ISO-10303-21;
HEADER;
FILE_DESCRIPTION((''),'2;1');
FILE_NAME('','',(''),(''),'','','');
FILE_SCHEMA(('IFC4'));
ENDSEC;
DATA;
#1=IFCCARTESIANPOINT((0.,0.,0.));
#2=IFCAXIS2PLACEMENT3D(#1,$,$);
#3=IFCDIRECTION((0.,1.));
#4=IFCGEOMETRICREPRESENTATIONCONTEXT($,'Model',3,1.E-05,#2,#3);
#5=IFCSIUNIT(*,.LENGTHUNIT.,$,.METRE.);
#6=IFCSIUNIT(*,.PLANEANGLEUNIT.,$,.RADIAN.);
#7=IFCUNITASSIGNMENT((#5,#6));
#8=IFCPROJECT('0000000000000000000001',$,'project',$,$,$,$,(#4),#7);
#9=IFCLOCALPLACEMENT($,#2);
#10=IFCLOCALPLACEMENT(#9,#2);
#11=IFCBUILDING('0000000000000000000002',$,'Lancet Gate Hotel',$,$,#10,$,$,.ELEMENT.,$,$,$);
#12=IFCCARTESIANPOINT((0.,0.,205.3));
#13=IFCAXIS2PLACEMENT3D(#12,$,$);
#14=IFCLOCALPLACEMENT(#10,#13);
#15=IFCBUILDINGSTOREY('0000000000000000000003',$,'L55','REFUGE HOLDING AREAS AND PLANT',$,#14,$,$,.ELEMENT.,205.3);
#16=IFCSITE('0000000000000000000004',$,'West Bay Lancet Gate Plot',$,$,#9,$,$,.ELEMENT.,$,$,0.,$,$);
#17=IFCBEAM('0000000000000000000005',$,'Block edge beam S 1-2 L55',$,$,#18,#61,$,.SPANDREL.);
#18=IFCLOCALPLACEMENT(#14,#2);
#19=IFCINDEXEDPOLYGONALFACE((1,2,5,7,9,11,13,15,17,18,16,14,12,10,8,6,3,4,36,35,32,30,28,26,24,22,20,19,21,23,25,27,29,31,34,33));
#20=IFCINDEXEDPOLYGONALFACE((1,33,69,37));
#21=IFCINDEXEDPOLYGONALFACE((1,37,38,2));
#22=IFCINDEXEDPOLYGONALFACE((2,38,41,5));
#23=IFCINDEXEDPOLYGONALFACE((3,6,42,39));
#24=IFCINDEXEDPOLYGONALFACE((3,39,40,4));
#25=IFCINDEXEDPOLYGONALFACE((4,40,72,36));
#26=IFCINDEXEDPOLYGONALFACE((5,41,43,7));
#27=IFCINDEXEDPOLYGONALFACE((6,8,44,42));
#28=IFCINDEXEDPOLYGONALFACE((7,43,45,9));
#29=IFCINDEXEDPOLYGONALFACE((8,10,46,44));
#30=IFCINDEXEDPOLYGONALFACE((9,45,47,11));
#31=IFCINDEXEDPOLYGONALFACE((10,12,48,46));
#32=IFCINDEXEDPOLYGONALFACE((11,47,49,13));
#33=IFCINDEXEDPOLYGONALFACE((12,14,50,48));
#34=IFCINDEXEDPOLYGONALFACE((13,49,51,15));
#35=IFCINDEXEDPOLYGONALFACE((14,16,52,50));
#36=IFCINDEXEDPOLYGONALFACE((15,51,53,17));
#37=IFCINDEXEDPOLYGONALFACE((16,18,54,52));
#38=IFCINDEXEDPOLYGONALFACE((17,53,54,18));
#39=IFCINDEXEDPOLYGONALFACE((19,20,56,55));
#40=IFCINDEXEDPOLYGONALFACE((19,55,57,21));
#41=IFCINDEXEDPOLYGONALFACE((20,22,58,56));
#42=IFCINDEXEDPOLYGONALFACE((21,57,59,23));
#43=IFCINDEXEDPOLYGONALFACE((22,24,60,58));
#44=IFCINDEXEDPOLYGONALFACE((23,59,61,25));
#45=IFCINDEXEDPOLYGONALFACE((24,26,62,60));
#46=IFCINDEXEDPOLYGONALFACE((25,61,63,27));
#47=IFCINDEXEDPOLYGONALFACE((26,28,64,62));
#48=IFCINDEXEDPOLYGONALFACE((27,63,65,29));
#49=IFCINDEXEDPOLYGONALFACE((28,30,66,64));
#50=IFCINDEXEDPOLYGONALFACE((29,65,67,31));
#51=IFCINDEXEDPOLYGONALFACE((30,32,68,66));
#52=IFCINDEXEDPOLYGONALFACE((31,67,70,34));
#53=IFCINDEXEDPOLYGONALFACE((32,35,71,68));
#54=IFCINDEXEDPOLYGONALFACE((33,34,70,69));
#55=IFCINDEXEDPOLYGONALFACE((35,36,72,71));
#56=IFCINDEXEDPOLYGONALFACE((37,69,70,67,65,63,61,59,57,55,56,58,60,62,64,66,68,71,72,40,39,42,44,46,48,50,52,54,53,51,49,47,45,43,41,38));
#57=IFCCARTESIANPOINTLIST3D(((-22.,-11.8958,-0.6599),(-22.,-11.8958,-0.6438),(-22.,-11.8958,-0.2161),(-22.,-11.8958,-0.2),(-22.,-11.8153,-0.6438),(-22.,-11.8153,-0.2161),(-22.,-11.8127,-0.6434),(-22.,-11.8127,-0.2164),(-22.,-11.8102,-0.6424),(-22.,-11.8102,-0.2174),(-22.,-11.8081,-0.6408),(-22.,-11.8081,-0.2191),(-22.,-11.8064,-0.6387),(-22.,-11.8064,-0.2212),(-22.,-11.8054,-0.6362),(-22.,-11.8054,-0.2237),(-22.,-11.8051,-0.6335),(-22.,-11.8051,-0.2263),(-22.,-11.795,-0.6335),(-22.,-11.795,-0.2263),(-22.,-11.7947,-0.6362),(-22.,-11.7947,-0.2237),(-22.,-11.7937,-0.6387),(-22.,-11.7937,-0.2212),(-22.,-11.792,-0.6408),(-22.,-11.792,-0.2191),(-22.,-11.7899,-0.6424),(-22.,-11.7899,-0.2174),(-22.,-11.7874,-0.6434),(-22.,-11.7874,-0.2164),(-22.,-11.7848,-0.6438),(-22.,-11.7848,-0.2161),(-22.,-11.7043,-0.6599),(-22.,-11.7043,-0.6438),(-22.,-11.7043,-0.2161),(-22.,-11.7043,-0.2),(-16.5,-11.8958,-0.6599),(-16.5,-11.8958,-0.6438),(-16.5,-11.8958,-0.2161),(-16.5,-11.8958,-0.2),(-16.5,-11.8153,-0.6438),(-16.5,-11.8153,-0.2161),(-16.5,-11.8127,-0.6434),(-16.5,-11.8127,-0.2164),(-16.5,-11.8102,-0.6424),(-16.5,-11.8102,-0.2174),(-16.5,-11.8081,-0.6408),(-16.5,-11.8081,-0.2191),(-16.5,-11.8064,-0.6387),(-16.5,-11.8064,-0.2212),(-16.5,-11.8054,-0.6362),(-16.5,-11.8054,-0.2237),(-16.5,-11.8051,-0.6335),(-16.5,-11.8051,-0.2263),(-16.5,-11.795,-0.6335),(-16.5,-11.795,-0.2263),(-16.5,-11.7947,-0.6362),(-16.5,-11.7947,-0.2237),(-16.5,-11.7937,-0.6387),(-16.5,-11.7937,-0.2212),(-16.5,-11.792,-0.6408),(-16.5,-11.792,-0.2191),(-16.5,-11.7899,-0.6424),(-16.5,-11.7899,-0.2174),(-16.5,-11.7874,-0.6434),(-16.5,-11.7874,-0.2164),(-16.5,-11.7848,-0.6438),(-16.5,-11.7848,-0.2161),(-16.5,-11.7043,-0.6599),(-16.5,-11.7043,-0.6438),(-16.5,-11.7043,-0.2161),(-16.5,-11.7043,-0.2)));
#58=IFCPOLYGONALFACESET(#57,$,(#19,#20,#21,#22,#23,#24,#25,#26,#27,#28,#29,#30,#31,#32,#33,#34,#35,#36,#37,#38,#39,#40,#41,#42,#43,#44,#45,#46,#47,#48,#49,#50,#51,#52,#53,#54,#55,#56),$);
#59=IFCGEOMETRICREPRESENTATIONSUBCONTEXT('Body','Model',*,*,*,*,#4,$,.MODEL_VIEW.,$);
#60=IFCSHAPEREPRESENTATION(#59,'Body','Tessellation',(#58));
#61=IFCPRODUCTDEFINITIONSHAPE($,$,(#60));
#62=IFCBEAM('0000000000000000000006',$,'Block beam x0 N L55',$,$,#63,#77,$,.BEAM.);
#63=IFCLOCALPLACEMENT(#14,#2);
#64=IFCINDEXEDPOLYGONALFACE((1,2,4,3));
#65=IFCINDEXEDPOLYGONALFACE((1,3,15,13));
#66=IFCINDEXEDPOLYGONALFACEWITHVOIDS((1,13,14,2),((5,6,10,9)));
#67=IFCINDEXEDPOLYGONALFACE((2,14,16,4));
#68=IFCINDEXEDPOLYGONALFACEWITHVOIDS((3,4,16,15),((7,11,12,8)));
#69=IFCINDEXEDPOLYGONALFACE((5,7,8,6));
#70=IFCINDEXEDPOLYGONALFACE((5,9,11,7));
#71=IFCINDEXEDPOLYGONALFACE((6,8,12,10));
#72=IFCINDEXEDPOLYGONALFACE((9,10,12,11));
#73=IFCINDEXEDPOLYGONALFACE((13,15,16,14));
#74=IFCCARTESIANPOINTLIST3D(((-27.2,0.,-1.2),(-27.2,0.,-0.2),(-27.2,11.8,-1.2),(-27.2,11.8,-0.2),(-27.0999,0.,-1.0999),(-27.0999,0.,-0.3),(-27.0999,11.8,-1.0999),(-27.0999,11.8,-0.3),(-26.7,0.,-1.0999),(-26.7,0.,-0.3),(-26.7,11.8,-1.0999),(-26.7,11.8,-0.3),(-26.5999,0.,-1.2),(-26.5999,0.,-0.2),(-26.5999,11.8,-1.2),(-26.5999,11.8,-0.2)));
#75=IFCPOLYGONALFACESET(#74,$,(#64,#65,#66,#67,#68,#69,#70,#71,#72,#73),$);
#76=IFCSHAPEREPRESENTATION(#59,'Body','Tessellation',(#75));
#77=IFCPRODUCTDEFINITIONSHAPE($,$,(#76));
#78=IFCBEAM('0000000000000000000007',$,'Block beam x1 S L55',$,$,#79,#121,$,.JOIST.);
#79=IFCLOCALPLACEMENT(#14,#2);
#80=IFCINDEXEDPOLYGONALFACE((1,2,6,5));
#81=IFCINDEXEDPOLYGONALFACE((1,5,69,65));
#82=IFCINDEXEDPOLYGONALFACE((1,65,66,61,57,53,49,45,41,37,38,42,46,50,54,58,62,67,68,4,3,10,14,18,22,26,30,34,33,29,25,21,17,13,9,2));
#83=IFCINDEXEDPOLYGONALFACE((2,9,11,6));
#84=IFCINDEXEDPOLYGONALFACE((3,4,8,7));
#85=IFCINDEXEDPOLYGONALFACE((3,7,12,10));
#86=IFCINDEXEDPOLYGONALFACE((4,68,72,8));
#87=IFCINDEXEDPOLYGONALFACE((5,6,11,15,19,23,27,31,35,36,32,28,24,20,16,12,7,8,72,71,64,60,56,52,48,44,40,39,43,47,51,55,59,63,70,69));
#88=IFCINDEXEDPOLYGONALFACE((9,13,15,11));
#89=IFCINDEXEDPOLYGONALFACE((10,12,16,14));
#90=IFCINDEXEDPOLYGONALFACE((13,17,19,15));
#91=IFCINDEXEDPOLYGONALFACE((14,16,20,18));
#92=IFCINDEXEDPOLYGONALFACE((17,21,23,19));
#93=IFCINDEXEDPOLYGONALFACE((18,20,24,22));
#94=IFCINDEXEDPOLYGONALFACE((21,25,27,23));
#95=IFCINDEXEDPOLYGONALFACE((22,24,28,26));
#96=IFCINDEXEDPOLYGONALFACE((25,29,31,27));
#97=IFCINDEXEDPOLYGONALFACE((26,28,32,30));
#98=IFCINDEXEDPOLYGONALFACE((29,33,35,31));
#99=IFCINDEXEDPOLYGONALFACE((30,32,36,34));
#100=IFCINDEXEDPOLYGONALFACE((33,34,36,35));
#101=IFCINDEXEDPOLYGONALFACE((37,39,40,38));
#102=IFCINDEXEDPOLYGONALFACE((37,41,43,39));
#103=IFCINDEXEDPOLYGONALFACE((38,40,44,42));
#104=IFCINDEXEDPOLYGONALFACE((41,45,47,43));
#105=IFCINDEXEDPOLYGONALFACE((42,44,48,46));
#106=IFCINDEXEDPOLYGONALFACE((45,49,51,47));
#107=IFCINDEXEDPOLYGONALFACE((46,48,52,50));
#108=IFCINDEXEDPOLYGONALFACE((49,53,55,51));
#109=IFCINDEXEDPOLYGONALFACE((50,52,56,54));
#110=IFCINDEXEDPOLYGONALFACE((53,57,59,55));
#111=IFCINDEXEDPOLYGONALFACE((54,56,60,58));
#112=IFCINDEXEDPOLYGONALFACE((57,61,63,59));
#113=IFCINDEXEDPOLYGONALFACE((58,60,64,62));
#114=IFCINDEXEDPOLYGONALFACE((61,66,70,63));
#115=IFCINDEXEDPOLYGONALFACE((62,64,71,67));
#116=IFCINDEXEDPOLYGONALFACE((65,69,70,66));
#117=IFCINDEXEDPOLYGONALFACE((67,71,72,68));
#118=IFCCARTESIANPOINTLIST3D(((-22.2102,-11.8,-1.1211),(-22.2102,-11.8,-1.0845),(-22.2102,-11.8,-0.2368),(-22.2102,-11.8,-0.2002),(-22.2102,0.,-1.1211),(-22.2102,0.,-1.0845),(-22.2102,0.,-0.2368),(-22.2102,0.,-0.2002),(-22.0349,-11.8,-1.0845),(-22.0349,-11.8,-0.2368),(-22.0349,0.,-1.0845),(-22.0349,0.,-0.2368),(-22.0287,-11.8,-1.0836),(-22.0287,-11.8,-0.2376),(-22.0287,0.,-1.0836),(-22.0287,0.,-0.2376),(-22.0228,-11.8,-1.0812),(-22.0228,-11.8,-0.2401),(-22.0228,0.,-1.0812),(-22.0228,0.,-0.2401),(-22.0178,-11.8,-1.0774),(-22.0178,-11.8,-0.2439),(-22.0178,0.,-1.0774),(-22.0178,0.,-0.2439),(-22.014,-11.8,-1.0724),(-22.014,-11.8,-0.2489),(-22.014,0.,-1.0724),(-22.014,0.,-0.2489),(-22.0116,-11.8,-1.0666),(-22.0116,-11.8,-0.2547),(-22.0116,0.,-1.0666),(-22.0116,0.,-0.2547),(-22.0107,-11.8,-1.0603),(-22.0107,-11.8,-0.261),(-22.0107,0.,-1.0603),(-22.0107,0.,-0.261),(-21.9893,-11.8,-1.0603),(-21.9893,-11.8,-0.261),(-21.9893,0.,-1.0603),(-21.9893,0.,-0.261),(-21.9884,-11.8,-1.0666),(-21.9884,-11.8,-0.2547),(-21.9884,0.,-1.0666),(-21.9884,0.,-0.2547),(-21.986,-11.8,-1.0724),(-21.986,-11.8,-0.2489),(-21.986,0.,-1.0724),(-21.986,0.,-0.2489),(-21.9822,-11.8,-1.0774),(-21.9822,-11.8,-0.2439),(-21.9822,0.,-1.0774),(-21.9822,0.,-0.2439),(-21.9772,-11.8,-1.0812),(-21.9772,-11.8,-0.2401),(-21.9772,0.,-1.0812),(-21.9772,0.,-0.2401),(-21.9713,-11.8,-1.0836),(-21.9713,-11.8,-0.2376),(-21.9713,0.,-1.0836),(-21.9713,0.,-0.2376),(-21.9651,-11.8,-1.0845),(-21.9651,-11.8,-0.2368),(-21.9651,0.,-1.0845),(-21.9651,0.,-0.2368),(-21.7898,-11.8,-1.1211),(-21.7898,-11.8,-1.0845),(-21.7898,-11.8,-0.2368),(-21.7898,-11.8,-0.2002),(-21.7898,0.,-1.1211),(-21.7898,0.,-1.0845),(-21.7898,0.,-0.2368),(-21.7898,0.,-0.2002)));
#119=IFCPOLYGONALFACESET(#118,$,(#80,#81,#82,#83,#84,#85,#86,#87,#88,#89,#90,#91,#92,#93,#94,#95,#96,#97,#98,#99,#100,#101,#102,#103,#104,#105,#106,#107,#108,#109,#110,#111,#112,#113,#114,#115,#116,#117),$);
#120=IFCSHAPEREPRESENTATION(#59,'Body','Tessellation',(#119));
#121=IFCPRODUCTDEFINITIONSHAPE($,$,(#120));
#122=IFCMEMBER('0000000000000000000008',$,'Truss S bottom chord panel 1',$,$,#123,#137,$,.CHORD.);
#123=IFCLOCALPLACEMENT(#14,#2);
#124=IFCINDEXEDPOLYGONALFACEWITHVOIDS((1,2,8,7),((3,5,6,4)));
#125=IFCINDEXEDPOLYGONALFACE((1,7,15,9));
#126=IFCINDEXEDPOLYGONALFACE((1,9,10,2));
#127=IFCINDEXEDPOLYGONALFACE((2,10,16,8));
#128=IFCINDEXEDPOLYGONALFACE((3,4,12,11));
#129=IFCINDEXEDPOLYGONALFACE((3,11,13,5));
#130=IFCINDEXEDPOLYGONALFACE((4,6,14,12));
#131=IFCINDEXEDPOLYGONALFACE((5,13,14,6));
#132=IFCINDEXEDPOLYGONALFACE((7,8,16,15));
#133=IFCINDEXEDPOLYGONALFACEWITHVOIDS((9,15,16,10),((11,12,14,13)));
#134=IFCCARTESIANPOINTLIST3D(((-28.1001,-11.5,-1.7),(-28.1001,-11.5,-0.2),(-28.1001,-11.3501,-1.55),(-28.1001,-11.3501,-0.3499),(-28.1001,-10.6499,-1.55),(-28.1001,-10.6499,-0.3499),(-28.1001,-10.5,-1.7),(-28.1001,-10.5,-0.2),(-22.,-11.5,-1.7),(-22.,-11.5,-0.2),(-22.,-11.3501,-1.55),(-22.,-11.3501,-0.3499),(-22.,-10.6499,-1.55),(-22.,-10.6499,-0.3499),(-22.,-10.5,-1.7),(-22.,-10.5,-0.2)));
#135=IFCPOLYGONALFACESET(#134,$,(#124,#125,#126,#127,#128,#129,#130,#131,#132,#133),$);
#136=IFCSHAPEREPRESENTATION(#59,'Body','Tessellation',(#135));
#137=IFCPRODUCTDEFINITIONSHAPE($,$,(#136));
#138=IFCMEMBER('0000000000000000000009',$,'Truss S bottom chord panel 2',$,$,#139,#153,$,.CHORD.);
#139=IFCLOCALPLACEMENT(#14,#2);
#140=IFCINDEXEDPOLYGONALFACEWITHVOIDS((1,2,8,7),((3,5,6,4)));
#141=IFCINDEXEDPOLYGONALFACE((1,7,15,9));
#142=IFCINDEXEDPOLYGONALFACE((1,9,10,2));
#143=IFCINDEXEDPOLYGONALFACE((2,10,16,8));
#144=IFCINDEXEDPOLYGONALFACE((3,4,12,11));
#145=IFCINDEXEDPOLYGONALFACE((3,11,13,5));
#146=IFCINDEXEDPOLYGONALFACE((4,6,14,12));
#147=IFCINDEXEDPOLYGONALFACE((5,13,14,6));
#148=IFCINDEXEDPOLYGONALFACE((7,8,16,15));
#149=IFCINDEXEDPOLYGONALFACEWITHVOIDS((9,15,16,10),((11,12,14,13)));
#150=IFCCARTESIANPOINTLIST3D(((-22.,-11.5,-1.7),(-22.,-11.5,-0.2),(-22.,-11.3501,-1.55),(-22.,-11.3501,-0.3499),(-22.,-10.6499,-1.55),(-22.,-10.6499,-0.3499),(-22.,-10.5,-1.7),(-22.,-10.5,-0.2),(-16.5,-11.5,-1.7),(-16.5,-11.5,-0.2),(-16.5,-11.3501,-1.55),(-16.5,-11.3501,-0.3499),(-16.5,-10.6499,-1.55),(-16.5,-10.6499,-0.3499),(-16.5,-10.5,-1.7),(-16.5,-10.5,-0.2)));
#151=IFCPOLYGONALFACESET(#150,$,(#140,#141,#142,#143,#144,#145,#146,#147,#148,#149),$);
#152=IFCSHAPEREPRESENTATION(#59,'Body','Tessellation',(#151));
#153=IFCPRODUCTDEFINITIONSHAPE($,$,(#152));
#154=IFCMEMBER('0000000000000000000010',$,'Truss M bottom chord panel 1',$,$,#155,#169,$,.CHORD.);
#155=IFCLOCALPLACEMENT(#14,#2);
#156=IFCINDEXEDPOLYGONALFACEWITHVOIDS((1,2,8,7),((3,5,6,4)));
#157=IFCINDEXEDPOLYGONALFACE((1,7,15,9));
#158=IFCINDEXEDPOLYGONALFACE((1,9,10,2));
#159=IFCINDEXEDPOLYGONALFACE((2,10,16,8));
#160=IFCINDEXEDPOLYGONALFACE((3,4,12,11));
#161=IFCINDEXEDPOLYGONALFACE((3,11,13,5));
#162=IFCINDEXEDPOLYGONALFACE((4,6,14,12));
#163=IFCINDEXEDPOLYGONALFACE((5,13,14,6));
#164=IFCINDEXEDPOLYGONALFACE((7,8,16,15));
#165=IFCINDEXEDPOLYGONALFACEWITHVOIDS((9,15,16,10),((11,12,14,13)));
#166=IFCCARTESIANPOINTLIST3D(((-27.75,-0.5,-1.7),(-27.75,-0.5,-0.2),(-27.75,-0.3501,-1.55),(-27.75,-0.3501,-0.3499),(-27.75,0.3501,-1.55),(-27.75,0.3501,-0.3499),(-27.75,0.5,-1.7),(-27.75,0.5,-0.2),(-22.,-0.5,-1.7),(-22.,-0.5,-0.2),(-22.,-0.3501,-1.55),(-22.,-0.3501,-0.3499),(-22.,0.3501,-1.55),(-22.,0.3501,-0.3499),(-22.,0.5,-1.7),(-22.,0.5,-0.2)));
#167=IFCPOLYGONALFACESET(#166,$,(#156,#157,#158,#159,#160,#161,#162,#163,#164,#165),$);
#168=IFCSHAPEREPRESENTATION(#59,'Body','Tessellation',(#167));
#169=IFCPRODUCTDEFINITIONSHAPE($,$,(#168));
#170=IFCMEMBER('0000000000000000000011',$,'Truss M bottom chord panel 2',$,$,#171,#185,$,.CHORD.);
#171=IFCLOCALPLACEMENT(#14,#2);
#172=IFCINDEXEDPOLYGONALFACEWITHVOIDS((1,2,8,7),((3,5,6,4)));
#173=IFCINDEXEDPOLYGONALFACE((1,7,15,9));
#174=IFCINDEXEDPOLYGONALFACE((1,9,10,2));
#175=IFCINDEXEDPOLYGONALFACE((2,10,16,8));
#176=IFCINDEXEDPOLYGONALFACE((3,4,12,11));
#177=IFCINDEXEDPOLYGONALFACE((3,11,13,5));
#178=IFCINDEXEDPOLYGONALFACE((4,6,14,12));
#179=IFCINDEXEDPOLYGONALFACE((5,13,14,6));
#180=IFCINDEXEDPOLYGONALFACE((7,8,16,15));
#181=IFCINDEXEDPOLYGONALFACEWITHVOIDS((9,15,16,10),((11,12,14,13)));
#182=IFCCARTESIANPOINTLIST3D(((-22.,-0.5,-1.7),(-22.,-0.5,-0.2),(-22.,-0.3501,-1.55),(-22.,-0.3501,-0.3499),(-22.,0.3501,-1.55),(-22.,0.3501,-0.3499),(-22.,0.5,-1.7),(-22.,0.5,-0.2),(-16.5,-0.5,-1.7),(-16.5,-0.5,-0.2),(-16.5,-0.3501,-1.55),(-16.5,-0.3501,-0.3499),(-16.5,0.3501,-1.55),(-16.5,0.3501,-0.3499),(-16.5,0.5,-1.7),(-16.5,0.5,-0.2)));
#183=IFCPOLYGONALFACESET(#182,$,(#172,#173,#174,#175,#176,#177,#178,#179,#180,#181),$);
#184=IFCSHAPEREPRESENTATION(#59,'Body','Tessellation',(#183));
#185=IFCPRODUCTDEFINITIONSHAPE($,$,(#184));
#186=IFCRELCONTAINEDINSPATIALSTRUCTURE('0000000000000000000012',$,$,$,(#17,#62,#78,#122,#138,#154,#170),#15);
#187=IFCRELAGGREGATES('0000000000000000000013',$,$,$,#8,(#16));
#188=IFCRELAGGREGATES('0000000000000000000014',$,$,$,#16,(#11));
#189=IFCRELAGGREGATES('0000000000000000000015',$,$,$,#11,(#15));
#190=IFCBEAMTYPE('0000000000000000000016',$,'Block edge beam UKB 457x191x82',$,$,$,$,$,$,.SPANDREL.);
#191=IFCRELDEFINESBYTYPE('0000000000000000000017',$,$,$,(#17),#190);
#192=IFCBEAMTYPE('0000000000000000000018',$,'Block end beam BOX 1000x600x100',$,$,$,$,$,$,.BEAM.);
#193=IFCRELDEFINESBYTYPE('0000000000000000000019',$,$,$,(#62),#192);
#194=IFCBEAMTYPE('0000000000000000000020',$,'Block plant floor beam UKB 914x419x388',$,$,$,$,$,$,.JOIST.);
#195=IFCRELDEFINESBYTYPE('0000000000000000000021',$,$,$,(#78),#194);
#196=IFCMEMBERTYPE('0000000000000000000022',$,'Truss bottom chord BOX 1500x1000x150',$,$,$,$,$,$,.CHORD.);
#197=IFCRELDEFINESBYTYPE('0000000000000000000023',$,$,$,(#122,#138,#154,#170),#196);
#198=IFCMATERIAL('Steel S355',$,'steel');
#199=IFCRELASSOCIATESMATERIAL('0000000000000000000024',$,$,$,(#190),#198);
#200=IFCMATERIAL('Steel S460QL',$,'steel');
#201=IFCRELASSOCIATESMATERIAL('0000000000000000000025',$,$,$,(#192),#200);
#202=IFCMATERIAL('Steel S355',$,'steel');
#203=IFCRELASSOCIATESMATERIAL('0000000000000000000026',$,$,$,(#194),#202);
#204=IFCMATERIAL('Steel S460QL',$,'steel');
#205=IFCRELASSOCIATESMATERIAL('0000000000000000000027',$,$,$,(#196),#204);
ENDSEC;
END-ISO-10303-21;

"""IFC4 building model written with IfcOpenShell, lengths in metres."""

from ifc_helpers import new_model, si_unit, direction, frame, origin, origin_2d, place, context, subcontext, project, spatial, hollow_rectangle, i_section, extrude, material, material_profile, profile_set, type_object, element, save


model = new_model("IFC4")

# Units and contexts
model_context = context("Model", 3, precision=1e-05, world=origin(), true_north=direction((0.0, 1.0)))
body_context = subcontext(model_context, "Body", "Model", "MODEL_VIEW")
ifc_project = project(units=[si_unit("LENGTHUNIT", "METRE"), si_unit("PLANEANGLEUNIT", "RADIAN")], contexts=[model_context])

# Site, building, storey
site_placement = place(None, origin())
site = spatial("IfcSite", under=ifc_project, at=site_placement, Name="West Bay Lancet Gate Plot", CompositionType="ELEMENT", RefElevation=0.0)
building_placement = place(site_placement, origin())
building = spatial("IfcBuilding", under=site, at=building_placement, Name="Lancet Gate Hotel", CompositionType="ELEMENT")
storey_placement = place(building_placement, frame((0.0, 0.0, 205.3)))
storey = spatial("IfcBuildingStorey", under=building, at=storey_placement, Name="L55", Description="REFUGE HOLDING AREAS AND PLANT", CompositionType="ELEMENT", Elevation=205.3)

# Beams
ifc_material_1 = material(Name="Steel S355", Category="steel")
ifc_material_profile_1 = material_profile(ifc_material_1, i_section(OverallWidth=0.1914, OverallDepth=0.46, WebThickness=0.01, FlangeThickness=0.0161, FilletRadius=0.0103, at=origin_2d()), Name="UKB 457x191x82")
ifc_profile_set_1 = profile_set([ifc_material_profile_1], Name="Steel S355")
beam_type_1 = type_object("IfcBeamType", Name="Block edge beam UKB 457x191x82", PredefinedType="SPANDREL", material=ifc_profile_set_1)
beam_1_placement = place(storey_placement, frame((-22.0, -11.8, -0.4299), z_axis=(1.0, 0.0, 0.0), x_axis=(0.0, 1.0, 0.0)))
element("IfcBeam", 1, at=beam_1_placement, inside=storey, type_object=beam_type_1, Name="Block edge beam S 1-2 L55", PredefinedType="SPANDREL", context=body_context, shape_type="SweptSolid", body=[
    extrude(i_section(OverallWidth=0.1914, OverallDepth=0.46, WebThickness=0.01, FlangeThickness=0.0161, FilletRadius=0.0103, at=origin_2d()), origin(), (0.0, 0.0, 1.0), 5.5),
])
ifc_material_2 = material(Name="Steel S460QL", Category="steel")
ifc_material_profile_2 = material_profile(ifc_material_2, hollow_rectangle(XDim=0.6001, YDim=1.0, WallThickness=0.1001, at=origin_2d()), Name="BOX 1000x600x100")
ifc_profile_set_2 = profile_set([ifc_material_profile_2], Name="Steel S460QL")
beam_type_2 = type_object("IfcBeamType", Name="Block end beam BOX 1000x600x100", PredefinedType="BEAM", material=ifc_profile_set_2)
beam_2_placement = place(storey_placement, frame((-26.8999, 0.0, -0.7), z_axis=(0.0, 1.0, 0.0), x_axis=(-1.0, 0.0, 0.0)))
element("IfcBeam", 2, at=beam_2_placement, inside=storey, type_object=beam_type_2, Name="Block beam x0 N L55", PredefinedType="BEAM", context=body_context, shape_type="SweptSolid", body=[
    extrude(hollow_rectangle(XDim=0.6001, YDim=1.0, WallThickness=0.1001, at=origin_2d()), origin(), (0.0, 0.0, 1.0), 11.8),
])
ifc_material_3 = material(Name="Steel S355", Category="steel")
ifc_material_profile_3 = material_profile(ifc_material_3, i_section(OverallWidth=0.4204, OverallDepth=0.9209, WebThickness=0.0215, FlangeThickness=0.0366, FilletRadius=0.0242, at=origin_2d()), Name="UKB 914x419x388")
ifc_profile_set_3 = profile_set([ifc_material_profile_3], Name="Steel S355")
beam_type_3 = type_object("IfcBeamType", Name="Block plant floor beam UKB 914x419x388", PredefinedType="JOIST", material=ifc_profile_set_3)
beam_3_placement = place(storey_placement, frame((-22.0, -11.8, -0.6606), z_axis=(0.0, 1.0, 0.0), x_axis=(-1.0, 0.0, 0.0)))
element("IfcBeam", 3, at=beam_3_placement, inside=storey, type_object=beam_type_3, Name="Block beam x1 S L55", PredefinedType="JOIST", context=body_context, shape_type="SweptSolid", body=[
    extrude(i_section(OverallWidth=0.4204, OverallDepth=0.9209, WebThickness=0.0215, FlangeThickness=0.0366, FilletRadius=0.0242, at=origin_2d()), origin(), (0.0, 0.0, 1.0), 11.8),
])

# Members
ifc_material_4 = material(Name="Steel S460QL", Category="steel")
ifc_material_profile_4 = material_profile(ifc_material_4, hollow_rectangle(XDim=1.0, YDim=1.5, WallThickness=0.1499, at=origin_2d()), Name="BOX 1500x1000x150")
ifc_profile_set_4 = profile_set([ifc_material_profile_4], Name="Steel S460QL")
member_type_1 = type_object("IfcMemberType", Name="Truss bottom chord BOX 1500x1000x150", PredefinedType="CHORD", material=ifc_profile_set_4)
member_1_placement = place(storey_placement, frame((-28.1001, -11.0, -0.95), z_axis=(1.0, 0.0, 0.0), x_axis=(0.0, 1.0, 0.0)))
element("IfcMember", 4, at=member_1_placement, inside=storey, type_object=member_type_1, Name="Truss S bottom chord panel 1", PredefinedType="CHORD", context=body_context, shape_type="SweptSolid", body=[
    extrude(hollow_rectangle(XDim=1.0, YDim=1.5, WallThickness=0.1499, at=origin_2d()), origin(), (0.0, 0.0, 1.0), 6.1001),
])
member_2_placement = place(storey_placement, frame((-22.0, -11.0, -0.95), z_axis=(1.0, 0.0, 0.0), x_axis=(0.0, 1.0, 0.0)))
element("IfcMember", 5, at=member_2_placement, inside=storey, type_object=member_type_1, Name="Truss S bottom chord panel 2", PredefinedType="CHORD", context=body_context, shape_type="SweptSolid", body=[
    extrude(hollow_rectangle(XDim=1.0, YDim=1.5, WallThickness=0.1499, at=origin_2d()), origin(), (0.0, 0.0, 1.0), 5.5),
])
member_3_placement = place(storey_placement, frame((-27.75, 0.0, -0.95), z_axis=(1.0, 0.0, 0.0), x_axis=(0.0, 1.0, 0.0)))
element("IfcMember", 6, at=member_3_placement, inside=storey, type_object=member_type_1, Name="Truss M bottom chord panel 1", PredefinedType="CHORD", context=body_context, shape_type="SweptSolid", body=[
    extrude(hollow_rectangle(XDim=1.0, YDim=1.5, WallThickness=0.1499, at=origin_2d()), origin(), (0.0, 0.0, 1.0), 5.75),
])
member_4_placement = place(storey_placement, frame((-22.0, 0.0, -0.95), z_axis=(1.0, 0.0, 0.0), x_axis=(0.0, 1.0, 0.0)))
element("IfcMember", 7, at=member_4_placement, inside=storey, type_object=member_type_1, Name="Truss M bottom chord panel 2", PredefinedType="CHORD", context=body_context, shape_type="SweptSolid", body=[
    extrude(hollow_rectangle(XDim=1.0, YDim=1.5, WallThickness=0.1499, at=origin_2d()), origin(), (0.0, 0.0, 1.0), 5.5),
])

save(model, "model.ifc")
